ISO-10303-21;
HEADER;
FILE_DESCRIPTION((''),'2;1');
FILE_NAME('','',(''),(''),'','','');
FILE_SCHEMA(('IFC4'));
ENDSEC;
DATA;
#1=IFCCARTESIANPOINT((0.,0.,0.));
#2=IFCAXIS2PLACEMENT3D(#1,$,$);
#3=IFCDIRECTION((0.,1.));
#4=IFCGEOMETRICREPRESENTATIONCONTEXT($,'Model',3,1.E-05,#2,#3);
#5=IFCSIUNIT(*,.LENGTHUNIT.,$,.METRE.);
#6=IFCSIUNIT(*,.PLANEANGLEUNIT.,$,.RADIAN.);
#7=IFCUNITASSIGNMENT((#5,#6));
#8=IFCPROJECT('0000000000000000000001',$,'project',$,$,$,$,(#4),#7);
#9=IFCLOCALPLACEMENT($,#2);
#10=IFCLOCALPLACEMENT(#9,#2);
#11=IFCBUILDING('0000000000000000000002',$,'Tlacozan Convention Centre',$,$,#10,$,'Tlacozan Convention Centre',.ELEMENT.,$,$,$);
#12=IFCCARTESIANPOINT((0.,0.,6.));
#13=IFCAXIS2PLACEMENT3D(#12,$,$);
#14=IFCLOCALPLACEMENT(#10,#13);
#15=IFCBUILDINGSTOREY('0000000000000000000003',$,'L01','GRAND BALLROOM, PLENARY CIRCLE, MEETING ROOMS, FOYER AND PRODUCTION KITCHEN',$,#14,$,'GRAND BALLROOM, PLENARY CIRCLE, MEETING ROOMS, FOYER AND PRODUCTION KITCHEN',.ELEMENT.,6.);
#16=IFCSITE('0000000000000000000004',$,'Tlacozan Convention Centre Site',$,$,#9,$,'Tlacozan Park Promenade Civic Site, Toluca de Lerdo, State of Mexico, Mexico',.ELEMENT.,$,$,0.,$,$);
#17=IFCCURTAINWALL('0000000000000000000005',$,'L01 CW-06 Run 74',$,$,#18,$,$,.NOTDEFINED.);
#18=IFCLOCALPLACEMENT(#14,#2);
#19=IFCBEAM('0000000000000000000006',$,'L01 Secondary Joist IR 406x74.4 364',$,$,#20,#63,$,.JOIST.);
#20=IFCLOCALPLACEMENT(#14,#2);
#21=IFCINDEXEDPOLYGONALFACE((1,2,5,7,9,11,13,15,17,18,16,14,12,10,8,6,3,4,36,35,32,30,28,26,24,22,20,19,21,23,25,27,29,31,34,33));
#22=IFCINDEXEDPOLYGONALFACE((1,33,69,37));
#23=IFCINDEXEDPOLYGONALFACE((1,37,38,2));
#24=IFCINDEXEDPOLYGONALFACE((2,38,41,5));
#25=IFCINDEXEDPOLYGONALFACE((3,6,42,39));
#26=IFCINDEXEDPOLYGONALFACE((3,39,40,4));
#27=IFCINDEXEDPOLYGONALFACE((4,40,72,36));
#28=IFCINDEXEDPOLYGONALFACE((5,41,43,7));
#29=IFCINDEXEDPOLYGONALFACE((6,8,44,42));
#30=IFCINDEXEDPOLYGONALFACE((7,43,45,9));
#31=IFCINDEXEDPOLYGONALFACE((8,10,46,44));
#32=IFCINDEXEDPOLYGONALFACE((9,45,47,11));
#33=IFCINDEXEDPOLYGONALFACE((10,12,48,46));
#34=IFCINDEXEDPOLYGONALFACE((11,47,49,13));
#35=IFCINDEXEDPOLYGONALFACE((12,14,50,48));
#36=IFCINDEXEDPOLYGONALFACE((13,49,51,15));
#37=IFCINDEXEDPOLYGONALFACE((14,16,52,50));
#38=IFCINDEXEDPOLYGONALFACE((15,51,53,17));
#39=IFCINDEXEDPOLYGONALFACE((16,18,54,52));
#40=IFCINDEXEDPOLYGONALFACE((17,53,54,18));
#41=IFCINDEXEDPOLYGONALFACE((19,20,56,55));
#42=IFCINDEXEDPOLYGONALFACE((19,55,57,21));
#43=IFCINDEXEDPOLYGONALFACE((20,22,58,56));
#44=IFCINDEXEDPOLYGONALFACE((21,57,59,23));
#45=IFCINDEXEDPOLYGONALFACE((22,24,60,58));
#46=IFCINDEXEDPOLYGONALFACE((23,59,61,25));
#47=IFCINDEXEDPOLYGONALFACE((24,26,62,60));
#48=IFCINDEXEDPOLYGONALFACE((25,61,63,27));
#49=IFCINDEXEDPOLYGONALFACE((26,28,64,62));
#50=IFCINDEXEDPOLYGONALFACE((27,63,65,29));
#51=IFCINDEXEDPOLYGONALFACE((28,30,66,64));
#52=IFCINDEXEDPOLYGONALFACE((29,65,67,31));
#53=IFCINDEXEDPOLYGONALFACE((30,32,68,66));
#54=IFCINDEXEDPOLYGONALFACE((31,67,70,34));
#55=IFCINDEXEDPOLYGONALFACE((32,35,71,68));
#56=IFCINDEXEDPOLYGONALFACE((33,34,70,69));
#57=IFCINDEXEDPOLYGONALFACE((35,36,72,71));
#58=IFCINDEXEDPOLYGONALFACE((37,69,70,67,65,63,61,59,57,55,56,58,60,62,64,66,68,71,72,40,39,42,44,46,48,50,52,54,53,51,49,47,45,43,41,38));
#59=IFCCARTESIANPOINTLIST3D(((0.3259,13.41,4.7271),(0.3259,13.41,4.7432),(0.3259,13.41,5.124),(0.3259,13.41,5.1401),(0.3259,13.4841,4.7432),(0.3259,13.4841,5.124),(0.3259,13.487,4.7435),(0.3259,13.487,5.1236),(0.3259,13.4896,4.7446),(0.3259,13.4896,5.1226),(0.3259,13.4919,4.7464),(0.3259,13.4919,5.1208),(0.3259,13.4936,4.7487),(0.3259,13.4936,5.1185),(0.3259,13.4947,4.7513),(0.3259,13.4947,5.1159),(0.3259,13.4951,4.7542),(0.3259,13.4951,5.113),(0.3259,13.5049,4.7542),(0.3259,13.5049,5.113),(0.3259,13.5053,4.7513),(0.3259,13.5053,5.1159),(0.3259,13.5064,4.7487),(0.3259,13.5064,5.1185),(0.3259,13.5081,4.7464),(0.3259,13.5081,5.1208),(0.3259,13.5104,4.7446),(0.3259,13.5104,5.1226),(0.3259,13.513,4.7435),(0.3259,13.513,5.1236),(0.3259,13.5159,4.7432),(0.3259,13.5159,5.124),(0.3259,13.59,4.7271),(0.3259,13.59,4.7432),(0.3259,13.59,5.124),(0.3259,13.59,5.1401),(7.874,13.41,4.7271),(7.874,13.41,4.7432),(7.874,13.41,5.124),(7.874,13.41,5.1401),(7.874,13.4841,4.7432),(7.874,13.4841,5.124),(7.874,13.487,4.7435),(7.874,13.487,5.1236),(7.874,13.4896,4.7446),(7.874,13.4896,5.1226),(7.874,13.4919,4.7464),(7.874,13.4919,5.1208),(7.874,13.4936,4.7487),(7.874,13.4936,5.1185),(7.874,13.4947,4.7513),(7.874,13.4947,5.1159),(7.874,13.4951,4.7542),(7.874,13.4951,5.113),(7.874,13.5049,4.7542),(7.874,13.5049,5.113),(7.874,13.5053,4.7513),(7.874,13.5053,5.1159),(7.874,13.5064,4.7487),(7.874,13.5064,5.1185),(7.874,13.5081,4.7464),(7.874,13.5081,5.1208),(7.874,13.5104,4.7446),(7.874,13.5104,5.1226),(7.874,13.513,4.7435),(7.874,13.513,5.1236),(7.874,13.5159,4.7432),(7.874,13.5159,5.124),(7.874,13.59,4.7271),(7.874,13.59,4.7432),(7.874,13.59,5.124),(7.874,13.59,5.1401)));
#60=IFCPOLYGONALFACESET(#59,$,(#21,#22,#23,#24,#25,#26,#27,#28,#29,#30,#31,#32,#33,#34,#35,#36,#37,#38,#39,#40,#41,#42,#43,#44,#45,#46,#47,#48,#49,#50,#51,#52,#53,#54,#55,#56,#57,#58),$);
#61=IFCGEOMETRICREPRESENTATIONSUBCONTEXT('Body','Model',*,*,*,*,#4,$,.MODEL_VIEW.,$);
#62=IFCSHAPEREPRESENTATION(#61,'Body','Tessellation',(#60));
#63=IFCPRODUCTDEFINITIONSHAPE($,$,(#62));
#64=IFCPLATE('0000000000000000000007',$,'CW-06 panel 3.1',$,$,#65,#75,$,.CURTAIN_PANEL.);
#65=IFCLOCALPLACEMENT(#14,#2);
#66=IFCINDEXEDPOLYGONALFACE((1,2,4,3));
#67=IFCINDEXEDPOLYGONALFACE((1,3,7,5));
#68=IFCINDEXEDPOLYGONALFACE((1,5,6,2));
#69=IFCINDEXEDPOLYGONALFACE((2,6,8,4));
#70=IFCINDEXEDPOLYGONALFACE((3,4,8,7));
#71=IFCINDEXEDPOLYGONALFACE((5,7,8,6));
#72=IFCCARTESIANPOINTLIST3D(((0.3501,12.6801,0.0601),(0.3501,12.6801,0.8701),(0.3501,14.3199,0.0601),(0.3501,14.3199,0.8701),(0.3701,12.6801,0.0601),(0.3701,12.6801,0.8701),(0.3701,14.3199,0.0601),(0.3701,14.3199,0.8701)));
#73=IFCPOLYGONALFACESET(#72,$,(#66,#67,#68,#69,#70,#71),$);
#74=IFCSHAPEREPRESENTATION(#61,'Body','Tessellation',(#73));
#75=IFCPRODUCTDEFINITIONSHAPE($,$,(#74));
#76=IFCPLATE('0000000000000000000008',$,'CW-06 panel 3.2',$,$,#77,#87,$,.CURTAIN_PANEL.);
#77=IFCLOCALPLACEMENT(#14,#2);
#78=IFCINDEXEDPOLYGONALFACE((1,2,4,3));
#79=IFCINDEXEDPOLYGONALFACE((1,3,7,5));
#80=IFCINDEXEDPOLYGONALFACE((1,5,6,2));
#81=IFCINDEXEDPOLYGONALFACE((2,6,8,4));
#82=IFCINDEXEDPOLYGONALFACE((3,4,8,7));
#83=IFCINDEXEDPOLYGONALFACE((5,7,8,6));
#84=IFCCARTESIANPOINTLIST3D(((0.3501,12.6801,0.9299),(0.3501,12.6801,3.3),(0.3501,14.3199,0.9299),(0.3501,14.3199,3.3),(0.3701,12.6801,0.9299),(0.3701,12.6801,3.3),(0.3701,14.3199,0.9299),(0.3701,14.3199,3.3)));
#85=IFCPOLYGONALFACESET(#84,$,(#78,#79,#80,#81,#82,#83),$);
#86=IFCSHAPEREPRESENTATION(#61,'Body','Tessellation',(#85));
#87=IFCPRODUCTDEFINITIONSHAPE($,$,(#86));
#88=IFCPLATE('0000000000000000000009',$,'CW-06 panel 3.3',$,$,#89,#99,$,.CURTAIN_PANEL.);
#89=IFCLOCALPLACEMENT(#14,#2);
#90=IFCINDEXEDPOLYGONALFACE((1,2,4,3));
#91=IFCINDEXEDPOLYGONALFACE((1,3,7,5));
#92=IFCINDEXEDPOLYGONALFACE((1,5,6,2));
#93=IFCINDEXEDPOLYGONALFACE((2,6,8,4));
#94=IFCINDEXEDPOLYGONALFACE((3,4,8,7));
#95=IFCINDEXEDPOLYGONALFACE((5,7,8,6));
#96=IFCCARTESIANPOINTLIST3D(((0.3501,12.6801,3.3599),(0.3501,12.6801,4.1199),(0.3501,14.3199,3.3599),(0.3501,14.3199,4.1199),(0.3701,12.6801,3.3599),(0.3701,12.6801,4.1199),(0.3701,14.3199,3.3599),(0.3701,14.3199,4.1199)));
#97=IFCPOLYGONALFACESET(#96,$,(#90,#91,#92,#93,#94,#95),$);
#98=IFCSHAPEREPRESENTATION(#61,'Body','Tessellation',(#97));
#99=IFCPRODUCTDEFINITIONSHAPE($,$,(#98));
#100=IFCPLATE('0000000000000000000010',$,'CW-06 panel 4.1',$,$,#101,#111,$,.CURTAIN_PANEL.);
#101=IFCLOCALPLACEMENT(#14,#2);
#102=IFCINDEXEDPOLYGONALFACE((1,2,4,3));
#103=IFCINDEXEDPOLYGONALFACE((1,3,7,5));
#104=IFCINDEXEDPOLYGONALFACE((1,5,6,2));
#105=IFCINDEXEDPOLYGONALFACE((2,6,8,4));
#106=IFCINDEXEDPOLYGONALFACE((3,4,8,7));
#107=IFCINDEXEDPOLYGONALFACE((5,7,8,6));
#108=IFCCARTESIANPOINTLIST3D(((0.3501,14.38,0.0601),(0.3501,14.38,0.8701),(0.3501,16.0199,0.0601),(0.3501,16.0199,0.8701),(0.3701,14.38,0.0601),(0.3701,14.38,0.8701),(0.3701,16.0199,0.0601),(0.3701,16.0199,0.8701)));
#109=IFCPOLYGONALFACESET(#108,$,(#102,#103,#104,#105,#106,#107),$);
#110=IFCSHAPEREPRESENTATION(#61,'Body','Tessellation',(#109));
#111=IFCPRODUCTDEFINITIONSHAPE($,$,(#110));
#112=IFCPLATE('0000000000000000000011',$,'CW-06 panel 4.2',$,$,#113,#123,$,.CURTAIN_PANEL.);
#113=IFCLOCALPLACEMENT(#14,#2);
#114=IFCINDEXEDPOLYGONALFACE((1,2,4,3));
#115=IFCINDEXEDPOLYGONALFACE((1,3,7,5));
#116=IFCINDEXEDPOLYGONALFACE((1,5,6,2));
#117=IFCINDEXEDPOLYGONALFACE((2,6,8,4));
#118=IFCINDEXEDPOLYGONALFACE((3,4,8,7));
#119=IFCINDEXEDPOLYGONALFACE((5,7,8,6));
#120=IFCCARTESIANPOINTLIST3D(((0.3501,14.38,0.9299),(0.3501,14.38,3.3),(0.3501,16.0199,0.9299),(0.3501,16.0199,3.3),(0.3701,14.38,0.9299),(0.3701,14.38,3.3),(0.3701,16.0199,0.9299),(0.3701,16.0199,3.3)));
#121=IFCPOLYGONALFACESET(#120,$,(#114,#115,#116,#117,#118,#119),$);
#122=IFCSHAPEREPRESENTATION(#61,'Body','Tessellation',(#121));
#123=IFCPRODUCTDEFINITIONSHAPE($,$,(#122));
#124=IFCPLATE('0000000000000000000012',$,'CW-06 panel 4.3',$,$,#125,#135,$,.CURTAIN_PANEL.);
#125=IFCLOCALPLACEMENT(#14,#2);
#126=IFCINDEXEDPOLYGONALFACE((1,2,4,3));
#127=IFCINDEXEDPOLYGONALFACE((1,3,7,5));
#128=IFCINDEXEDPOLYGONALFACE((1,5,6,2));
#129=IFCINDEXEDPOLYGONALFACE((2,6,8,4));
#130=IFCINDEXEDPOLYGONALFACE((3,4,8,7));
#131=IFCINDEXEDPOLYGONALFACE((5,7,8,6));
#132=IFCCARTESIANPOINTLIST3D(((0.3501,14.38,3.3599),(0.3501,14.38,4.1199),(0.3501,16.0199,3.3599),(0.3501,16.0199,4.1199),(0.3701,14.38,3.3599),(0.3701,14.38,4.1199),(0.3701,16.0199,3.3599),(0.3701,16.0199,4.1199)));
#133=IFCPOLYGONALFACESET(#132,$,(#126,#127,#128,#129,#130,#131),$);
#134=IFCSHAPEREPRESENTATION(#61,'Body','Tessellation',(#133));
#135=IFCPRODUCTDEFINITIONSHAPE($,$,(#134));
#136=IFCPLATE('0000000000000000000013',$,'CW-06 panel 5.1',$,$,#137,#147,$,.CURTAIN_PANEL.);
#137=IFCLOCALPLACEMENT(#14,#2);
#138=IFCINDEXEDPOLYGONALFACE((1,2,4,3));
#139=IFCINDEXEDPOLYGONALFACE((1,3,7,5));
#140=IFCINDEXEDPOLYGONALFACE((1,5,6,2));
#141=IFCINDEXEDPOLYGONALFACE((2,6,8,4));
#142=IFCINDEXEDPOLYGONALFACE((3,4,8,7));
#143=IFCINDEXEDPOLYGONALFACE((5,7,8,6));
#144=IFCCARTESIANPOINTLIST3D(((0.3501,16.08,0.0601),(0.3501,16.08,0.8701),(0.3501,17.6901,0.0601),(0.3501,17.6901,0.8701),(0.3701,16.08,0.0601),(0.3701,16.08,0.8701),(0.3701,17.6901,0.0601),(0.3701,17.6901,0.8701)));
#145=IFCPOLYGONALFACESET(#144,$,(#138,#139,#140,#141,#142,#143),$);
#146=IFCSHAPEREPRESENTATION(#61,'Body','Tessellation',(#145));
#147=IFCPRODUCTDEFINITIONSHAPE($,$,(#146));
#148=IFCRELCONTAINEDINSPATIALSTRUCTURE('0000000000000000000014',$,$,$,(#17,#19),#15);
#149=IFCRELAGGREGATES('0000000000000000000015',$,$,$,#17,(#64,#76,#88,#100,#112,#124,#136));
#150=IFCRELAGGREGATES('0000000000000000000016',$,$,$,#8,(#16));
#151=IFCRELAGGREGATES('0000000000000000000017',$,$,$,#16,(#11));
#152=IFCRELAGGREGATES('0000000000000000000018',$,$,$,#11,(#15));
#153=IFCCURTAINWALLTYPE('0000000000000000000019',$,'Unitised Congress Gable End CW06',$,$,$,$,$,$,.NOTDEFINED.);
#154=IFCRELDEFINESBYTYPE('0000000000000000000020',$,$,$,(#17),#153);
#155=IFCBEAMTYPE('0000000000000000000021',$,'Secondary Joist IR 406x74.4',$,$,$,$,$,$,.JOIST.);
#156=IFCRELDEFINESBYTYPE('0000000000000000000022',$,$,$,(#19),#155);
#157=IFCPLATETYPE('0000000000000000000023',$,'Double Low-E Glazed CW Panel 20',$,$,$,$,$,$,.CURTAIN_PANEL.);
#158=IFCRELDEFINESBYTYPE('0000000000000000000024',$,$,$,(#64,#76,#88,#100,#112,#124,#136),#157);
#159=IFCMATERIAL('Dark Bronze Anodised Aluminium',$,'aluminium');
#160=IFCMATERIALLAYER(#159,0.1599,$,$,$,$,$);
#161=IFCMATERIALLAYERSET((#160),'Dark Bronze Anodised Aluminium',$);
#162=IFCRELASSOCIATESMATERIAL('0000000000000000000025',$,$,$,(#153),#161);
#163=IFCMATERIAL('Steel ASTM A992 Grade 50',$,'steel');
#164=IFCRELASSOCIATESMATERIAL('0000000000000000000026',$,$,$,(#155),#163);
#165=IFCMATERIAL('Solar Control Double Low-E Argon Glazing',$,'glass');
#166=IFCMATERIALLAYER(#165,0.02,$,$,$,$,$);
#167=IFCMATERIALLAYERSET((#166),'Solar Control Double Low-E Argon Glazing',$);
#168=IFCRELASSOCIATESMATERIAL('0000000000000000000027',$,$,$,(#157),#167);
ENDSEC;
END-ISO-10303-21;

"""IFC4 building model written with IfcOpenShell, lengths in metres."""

from ifc_helpers import new_model, si_unit, direction, frame, origin, origin_2d, place, context, subcontext, project, spatial, rectangle, i_section, extrude, material, layer, layer_set, material_profile, profile_set, type_object, element, aggregate, save


model = new_model("IFC4")

# Units and contexts
model_context = context("Model", 3, precision=1e-05, world=origin(), true_north=direction((0.0, 1.0)))
body_context = subcontext(model_context, "Body", "Model", "MODEL_VIEW")
ifc_project = project(units=[si_unit("LENGTHUNIT", "METRE"), si_unit("PLANEANGLEUNIT", "RADIAN")], contexts=[model_context])

# Site, building, storey
site_placement = place(None, origin())
site = spatial("IfcSite", under=ifc_project, at=site_placement, Name="Tlacozan Convention Centre Site", LongName="Tlacozan Park Promenade Civic Site, Toluca de Lerdo, State of Mexico, Mexico", CompositionType="ELEMENT", RefElevation=0.0)
building_placement = place(site_placement, origin())
building = spatial("IfcBuilding", under=site, at=building_placement, Name="Tlacozan Convention Centre", LongName="Tlacozan Convention Centre", CompositionType="ELEMENT")
storey_placement = place(building_placement, frame((0.0, 0.0, 6.0)))
storey = spatial("IfcBuildingStorey", under=building, at=storey_placement, Name="L01", Description="GRAND BALLROOM, PLENARY CIRCLE, MEETING ROOMS, FOYER AND PRODUCTION KITCHEN", LongName="GRAND BALLROOM, PLENARY CIRCLE, MEETING ROOMS, FOYER AND PRODUCTION KITCHEN", CompositionType="ELEMENT", Elevation=6.0)

# Curtain wall
ifc_material_1 = material(Name="Dark Bronze Anodised Aluminium", Category="aluminium")
ifc_layer_1 = layer(ifc_material_1, 0.1599)
ifc_layer_set_1 = layer_set([ifc_layer_1], Name="Dark Bronze Anodised Aluminium")
curtain_wall_type = type_object("IfcCurtainWallType", Name="Unitised Congress Gable End CW06", PredefinedType="NOTDEFINED", material=ifc_layer_set_1)
curtain_wall_placement = place(storey_placement, origin())
curtain_wall = element("IfcCurtainWall", 1, at=curtain_wall_placement, inside=storey, type_object=curtain_wall_type, Name="L01 CW-06 Run 74", PredefinedType="NOTDEFINED")

# Beam
ifc_material_2 = material(Name="Steel ASTM A992 Grade 50", Category="steel")
ifc_material_profile_1 = material_profile(ifc_material_2, i_section(OverallWidth=0.1799, OverallDepth=0.4131, WebThickness=0.0098, FlangeThickness=0.0161, FilletRadius=0.011, at=origin_2d()), Name="IR 406x74.4")
ifc_profile_set_1 = profile_set([ifc_material_profile_1], Name="Steel ASTM A992 Grade 50")
beam_type = type_object("IfcBeamType", Name="Secondary Joist IR 406x74.4", PredefinedType="JOIST", material=ifc_profile_set_1)
beam_placement = place(storey_placement, frame((0.3259, 13.5, 4.9336), z_axis=(1.0, 0.0, 0.0), x_axis=(0.0, 1.0, 0.0)))
element("IfcBeam", 2, at=beam_placement, inside=storey, type_object=beam_type, Name="L01 Secondary Joist IR 406x74.4 364", PredefinedType="JOIST", context=body_context, shape_type="SweptSolid", body=[
    extrude(i_section(OverallWidth=0.1799, OverallDepth=0.4131, WebThickness=0.0098, FlangeThickness=0.0161, FilletRadius=0.011, at=origin_2d()), origin(), (0.0, 0.0, 1.0), 7.5481),
])

# Plates
ifc_material_3 = material(Name="Solar Control Double Low-E Argon Glazing", Category="glass")
ifc_layer_2 = layer(ifc_material_3, 0.02)
ifc_layer_set_2 = layer_set([ifc_layer_2], Name="Solar Control Double Low-E Argon Glazing")
plate_type = type_object("IfcPlateType", Name="Double Low-E Glazed CW Panel 20", PredefinedType="CURTAIN_PANEL", material=ifc_layer_set_2)
plate_1_placement = place(storey_placement, frame((0.3601, 13.5, 0.0601), z_axis=(0.0, 0.0, 1.0), x_axis=(0.0, 1.0, 0.0)))
plate_1 = element("IfcPlate", 3, at=plate_1_placement, type_object=plate_type, Name="CW-06 panel 3.1", PredefinedType="CURTAIN_PANEL", context=body_context, shape_type="SweptSolid", body=[
    extrude(rectangle(XDim=1.6399, YDim=0.02, at=origin_2d()), origin(), (0.0, 0.0, 1.0), 0.8101),
])
plate_2_placement = place(storey_placement, frame((0.3601, 13.5, 0.9299), z_axis=(0.0, 0.0, 1.0), x_axis=(0.0, 1.0, 0.0)))
plate_2 = element("IfcPlate", 4, at=plate_2_placement, type_object=plate_type, Name="CW-06 panel 3.2", PredefinedType="CURTAIN_PANEL", context=body_context, shape_type="SweptSolid", body=[
    extrude(rectangle(XDim=1.6399, YDim=0.02, at=origin_2d()), origin(), (0.0, 0.0, 1.0), 2.3701),
])
plate_3_placement = place(storey_placement, frame((0.3601, 13.5, 3.3599), z_axis=(0.0, 0.0, 1.0), x_axis=(0.0, 1.0, 0.0)))
plate_3 = element("IfcPlate", 5, at=plate_3_placement, type_object=plate_type, Name="CW-06 panel 3.3", PredefinedType="CURTAIN_PANEL", context=body_context, shape_type="SweptSolid", body=[
    extrude(rectangle(XDim=1.6399, YDim=0.02, at=origin_2d()), origin(), (0.0, 0.0, 1.0), 0.76),
])
plate_4_placement = place(storey_placement, frame((0.3601, 15.2, 0.0601), z_axis=(0.0, 0.0, 1.0), x_axis=(0.0, 1.0, 0.0)))
plate_4 = element("IfcPlate", 6, at=plate_4_placement, type_object=plate_type, Name="CW-06 panel 4.1", PredefinedType="CURTAIN_PANEL", context=body_context, shape_type="SweptSolid", body=[
    extrude(rectangle(XDim=1.6399, YDim=0.02, at=origin_2d()), origin(), (0.0, 0.0, 1.0), 0.8101),
])
plate_5_placement = place(storey_placement, frame((0.3601, 15.2, 0.9299), z_axis=(0.0, 0.0, 1.0), x_axis=(0.0, 1.0, 0.0)))
plate_5 = element("IfcPlate", 7, at=plate_5_placement, type_object=plate_type, Name="CW-06 panel 4.2", PredefinedType="CURTAIN_PANEL", context=body_context, shape_type="SweptSolid", body=[
    extrude(rectangle(XDim=1.6399, YDim=0.02, at=origin_2d()), origin(), (0.0, 0.0, 1.0), 2.3701),
])
plate_6_placement = place(storey_placement, frame((0.3601, 15.2, 3.3599), z_axis=(0.0, 0.0, 1.0), x_axis=(0.0, 1.0, 0.0)))
plate_6 = element("IfcPlate", 8, at=plate_6_placement, type_object=plate_type, Name="CW-06 panel 4.3", PredefinedType="CURTAIN_PANEL", context=body_context, shape_type="SweptSolid", body=[
    extrude(rectangle(XDim=1.6399, YDim=0.02, at=origin_2d()), origin(), (0.0, 0.0, 1.0), 0.76),
])
plate_7_placement = place(storey_placement, frame((0.3601, 16.885, 0.0601), z_axis=(0.0, 0.0, 1.0), x_axis=(0.0, 1.0, 0.0)))
plate_7 = element("IfcPlate", 9, at=plate_7_placement, type_object=plate_type, Name="CW-06 panel 5.1", PredefinedType="CURTAIN_PANEL", context=body_context, shape_type="SweptSolid", body=[
    extrude(rectangle(XDim=1.6101, YDim=0.02, at=origin_2d()), origin(), (0.0, 0.0, 1.0), 0.8101),
])
aggregate(curtain_wall, [plate_1, plate_2, plate_3, plate_4, plate_5, plate_6, plate_7])

save(model, "model.ifc")
